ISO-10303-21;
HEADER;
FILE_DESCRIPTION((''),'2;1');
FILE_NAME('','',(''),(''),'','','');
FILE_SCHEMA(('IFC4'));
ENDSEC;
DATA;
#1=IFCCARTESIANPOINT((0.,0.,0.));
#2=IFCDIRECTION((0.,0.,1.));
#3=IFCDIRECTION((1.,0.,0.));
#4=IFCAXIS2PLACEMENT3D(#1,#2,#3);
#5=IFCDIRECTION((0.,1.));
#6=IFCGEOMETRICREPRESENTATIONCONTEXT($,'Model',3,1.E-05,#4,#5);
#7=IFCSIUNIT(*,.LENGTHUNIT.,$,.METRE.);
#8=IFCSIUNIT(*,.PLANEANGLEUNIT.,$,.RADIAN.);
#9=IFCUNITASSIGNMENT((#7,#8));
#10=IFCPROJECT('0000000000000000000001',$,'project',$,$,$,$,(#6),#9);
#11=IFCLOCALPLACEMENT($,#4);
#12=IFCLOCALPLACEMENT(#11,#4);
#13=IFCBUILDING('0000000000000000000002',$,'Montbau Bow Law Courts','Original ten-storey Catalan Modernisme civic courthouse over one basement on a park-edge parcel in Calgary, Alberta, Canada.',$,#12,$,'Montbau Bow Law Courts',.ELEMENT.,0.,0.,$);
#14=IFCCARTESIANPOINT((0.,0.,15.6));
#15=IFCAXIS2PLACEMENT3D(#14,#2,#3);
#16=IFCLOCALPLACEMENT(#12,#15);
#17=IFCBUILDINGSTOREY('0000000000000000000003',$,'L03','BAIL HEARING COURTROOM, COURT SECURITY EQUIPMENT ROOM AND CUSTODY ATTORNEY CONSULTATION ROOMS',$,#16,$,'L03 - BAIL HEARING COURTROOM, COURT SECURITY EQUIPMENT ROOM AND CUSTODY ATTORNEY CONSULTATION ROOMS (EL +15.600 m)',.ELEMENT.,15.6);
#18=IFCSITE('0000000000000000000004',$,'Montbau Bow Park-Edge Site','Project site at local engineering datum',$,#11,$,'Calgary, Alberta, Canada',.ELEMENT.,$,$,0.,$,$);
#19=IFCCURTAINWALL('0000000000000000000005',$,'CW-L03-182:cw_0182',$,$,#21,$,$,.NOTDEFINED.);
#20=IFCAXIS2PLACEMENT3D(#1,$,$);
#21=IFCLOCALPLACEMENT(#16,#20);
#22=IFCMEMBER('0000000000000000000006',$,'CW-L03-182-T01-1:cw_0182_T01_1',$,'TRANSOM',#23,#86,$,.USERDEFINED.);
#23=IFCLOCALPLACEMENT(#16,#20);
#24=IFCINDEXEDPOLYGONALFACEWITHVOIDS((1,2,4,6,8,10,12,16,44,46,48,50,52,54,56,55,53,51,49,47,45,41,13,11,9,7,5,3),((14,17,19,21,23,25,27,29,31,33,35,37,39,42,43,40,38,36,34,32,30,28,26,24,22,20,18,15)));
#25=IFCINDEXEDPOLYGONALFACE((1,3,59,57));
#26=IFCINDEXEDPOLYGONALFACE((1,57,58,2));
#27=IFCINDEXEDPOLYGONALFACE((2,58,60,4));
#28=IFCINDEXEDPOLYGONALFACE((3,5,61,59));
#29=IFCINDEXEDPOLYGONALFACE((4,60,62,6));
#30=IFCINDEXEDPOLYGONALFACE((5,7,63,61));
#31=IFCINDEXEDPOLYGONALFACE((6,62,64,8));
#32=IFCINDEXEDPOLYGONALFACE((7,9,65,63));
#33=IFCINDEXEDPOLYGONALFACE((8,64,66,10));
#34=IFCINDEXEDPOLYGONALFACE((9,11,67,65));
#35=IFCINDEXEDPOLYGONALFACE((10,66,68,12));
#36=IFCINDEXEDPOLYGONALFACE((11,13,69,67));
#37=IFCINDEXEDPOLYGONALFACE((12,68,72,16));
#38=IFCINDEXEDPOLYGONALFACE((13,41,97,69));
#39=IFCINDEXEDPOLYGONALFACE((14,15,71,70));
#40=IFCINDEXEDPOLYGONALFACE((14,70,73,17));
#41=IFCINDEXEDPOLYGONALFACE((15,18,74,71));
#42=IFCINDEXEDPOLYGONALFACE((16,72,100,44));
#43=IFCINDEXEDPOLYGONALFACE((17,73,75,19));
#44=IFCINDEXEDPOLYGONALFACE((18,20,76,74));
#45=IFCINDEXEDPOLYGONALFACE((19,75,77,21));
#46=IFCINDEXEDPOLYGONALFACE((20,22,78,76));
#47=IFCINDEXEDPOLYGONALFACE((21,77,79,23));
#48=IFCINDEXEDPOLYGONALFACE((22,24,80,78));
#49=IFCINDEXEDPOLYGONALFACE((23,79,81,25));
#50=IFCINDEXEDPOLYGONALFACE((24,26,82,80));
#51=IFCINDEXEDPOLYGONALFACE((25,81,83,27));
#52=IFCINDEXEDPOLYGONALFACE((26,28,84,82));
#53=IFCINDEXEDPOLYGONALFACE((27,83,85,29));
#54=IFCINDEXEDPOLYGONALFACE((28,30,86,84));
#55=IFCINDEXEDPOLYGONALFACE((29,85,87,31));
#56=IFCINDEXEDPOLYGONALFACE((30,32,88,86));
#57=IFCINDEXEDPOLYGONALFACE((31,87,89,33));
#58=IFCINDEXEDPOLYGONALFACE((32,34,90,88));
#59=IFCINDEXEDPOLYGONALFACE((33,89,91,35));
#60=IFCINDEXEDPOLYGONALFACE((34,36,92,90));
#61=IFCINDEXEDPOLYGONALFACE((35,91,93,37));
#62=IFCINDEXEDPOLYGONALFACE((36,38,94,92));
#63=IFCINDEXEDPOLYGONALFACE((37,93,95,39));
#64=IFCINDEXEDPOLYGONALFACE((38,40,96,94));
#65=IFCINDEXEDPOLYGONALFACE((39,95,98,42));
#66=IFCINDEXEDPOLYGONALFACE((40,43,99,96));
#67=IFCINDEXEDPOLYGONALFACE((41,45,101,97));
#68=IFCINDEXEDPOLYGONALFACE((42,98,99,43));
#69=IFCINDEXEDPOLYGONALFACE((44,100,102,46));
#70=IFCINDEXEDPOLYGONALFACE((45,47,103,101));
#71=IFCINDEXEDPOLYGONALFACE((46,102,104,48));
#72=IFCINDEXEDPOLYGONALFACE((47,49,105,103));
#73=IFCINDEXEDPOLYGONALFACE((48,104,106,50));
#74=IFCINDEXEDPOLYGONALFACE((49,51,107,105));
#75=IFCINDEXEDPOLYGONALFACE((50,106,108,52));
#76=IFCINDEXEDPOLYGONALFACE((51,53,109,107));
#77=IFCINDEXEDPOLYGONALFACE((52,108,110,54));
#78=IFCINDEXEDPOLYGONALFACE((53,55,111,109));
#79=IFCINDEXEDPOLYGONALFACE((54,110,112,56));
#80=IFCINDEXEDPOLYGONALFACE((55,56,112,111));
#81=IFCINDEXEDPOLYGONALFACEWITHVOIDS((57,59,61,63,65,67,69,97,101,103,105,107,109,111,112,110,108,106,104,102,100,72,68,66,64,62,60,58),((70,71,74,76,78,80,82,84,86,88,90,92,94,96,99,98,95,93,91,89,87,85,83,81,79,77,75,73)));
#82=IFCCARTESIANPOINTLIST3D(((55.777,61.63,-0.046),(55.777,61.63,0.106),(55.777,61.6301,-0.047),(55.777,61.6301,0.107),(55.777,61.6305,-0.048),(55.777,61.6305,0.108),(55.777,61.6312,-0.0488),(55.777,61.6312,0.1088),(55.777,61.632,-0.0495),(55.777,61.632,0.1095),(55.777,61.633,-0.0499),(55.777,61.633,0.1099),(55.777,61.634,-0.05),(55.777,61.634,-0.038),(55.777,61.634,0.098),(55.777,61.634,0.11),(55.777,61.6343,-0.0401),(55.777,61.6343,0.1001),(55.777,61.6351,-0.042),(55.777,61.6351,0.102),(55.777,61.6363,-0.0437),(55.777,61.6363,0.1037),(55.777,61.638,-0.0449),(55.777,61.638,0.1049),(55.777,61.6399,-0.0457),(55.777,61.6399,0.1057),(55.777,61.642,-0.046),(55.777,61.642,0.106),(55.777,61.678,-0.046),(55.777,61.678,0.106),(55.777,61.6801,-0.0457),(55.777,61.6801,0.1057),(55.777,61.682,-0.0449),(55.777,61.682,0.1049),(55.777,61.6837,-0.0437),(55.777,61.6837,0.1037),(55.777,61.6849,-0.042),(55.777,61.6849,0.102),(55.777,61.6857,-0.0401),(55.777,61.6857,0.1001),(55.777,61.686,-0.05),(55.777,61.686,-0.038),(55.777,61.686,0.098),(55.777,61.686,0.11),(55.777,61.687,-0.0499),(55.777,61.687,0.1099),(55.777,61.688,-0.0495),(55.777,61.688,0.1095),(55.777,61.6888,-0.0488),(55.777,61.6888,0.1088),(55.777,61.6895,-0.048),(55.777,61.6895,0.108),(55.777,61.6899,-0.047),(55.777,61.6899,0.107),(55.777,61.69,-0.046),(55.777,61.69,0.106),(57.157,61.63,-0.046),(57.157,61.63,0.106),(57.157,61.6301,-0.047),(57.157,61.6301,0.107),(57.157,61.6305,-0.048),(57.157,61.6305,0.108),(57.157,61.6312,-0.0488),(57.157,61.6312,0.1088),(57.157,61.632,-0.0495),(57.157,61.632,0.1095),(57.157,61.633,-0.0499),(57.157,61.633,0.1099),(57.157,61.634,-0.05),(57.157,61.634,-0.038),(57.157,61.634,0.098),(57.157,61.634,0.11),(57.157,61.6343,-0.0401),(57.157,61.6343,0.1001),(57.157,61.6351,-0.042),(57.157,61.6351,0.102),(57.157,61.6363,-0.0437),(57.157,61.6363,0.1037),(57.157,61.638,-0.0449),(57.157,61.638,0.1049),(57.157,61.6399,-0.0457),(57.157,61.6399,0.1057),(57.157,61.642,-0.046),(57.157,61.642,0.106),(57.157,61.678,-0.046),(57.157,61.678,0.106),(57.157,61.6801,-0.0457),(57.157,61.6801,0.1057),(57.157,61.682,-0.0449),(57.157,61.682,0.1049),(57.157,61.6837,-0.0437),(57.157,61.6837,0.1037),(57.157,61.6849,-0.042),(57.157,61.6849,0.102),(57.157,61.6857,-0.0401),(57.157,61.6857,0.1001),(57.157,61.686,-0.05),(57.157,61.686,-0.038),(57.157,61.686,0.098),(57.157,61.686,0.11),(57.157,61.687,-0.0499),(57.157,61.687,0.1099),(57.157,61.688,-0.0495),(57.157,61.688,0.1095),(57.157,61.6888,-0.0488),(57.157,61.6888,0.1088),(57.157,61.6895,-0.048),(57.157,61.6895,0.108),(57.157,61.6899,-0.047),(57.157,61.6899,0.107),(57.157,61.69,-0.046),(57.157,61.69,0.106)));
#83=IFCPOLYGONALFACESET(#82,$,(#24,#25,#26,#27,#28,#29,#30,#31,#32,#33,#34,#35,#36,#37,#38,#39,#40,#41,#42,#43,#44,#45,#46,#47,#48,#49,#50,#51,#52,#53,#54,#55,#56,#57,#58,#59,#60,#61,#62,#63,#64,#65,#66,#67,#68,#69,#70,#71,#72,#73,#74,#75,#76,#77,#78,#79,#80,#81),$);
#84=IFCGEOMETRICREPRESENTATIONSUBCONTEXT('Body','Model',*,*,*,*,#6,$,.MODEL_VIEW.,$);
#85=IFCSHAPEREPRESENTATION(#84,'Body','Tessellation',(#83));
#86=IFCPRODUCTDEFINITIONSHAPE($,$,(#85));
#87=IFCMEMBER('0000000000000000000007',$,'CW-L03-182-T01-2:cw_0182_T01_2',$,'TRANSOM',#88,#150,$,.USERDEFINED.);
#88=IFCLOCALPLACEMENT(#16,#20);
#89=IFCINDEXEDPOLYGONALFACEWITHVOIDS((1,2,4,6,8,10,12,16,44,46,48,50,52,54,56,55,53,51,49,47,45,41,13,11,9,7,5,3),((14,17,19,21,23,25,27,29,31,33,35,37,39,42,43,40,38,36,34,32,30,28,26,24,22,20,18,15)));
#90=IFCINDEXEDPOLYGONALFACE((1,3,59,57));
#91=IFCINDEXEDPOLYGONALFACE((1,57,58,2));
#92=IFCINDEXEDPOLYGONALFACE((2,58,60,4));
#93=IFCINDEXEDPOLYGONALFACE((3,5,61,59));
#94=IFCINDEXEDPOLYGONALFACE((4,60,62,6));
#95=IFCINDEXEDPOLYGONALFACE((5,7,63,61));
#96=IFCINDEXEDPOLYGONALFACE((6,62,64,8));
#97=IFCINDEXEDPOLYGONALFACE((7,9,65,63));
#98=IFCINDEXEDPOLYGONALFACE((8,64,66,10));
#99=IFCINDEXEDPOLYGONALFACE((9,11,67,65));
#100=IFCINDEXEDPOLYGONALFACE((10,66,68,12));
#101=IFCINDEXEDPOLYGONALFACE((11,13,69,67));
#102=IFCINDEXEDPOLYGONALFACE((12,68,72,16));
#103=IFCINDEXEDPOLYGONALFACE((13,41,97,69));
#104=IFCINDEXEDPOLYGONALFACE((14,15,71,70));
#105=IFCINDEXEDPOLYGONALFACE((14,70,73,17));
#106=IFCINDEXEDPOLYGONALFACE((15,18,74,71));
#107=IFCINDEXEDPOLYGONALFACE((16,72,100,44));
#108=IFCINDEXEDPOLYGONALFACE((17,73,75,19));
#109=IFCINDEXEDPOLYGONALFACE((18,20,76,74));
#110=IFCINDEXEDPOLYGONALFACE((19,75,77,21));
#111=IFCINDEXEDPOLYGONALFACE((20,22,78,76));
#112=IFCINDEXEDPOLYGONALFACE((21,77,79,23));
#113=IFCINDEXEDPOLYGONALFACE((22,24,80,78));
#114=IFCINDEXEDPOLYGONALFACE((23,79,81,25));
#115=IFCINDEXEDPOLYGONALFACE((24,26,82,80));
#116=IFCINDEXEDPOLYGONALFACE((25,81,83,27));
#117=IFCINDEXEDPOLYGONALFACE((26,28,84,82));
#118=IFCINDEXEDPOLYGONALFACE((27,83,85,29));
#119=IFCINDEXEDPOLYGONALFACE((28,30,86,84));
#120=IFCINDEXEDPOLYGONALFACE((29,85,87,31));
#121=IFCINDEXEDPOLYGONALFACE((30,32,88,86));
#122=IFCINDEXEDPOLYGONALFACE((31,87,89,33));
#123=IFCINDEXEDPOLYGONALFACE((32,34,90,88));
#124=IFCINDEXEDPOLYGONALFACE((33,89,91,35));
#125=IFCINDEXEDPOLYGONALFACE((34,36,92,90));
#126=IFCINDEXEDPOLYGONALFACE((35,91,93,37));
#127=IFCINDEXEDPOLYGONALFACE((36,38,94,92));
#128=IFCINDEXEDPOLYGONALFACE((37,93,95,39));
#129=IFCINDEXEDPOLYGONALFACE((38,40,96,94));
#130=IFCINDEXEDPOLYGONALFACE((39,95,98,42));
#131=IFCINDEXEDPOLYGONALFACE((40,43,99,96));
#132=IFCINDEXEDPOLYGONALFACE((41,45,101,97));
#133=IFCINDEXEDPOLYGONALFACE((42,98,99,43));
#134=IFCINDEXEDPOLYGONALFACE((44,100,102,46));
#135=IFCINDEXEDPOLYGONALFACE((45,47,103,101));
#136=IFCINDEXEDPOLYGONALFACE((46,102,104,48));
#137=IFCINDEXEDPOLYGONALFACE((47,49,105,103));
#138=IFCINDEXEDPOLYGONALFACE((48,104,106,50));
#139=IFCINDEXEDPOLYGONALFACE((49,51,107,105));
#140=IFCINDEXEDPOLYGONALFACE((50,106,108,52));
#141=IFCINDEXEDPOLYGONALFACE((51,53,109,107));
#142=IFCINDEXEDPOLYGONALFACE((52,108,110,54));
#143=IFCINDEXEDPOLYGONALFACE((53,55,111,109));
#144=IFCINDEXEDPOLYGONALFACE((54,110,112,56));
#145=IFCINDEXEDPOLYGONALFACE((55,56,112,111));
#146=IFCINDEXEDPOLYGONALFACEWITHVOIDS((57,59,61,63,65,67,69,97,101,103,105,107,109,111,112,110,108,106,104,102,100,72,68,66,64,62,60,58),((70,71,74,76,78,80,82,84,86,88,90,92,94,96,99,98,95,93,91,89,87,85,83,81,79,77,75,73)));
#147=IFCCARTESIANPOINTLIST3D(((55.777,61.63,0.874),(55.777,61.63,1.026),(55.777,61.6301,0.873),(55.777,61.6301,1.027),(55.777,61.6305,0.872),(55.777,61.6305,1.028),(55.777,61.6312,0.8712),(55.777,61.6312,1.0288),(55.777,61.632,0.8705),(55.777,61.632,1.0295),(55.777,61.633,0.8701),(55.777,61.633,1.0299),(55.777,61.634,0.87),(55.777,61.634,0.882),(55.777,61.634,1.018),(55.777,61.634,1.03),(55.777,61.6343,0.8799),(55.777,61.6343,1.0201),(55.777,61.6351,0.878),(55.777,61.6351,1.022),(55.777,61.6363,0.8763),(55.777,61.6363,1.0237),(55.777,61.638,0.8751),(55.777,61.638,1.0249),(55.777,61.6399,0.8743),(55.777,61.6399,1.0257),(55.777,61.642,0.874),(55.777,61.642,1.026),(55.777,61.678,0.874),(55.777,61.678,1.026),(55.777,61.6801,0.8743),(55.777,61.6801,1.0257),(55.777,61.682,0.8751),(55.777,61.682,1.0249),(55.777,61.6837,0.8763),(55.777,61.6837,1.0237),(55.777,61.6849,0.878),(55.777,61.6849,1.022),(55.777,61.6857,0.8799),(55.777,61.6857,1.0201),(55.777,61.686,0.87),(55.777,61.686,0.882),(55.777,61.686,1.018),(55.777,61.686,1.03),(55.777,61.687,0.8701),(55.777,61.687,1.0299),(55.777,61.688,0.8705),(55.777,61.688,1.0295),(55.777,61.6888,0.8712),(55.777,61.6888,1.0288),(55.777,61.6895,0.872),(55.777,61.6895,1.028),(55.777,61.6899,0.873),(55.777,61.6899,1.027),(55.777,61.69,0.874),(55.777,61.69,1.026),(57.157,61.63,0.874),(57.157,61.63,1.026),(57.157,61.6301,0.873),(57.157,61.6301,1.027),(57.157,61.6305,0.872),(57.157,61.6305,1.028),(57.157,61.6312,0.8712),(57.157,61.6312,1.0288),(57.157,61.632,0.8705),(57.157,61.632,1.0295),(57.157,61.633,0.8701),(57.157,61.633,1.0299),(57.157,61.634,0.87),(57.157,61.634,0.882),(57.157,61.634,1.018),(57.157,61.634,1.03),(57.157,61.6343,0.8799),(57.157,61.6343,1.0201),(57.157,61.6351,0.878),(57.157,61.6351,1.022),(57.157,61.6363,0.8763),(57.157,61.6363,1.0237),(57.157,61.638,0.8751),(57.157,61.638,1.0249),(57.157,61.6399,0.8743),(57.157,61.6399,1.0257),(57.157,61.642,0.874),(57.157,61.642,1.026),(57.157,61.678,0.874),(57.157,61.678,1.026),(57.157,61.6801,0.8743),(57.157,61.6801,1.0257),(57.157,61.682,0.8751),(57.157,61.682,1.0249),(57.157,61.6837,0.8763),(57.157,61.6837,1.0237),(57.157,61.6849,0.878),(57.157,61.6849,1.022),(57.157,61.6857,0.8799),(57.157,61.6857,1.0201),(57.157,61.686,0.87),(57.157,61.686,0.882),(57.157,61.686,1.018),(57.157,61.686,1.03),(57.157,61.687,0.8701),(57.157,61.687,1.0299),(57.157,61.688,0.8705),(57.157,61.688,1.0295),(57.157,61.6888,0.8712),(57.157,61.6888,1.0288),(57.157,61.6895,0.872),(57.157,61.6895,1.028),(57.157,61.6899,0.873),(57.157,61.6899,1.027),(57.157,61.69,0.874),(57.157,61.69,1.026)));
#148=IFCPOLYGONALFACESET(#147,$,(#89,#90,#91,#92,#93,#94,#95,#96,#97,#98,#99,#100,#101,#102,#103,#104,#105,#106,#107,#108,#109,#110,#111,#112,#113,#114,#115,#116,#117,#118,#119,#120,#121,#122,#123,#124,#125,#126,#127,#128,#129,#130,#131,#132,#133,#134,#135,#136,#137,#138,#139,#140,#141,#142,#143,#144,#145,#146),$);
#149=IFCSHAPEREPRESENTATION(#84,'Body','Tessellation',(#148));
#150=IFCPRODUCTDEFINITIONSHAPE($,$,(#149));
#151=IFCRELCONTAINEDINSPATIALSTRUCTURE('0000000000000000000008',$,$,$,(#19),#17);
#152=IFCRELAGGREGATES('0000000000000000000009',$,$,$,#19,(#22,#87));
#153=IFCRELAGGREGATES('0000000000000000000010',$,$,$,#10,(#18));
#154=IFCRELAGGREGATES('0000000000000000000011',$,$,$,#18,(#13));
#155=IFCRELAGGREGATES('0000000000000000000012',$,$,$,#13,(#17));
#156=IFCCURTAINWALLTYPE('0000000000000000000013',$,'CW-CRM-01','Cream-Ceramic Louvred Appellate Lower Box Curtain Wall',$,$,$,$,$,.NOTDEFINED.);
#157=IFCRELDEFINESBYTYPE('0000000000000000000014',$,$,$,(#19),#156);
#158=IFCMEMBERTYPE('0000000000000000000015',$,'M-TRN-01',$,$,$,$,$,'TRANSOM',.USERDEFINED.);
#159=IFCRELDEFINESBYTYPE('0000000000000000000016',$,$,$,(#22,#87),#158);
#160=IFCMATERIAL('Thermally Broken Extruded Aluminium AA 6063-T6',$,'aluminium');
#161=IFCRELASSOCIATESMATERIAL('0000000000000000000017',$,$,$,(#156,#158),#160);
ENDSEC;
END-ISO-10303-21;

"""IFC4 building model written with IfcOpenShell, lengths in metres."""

from ifc_helpers import new_model, si_unit, direction, frame, origin_with_axes, origin_2d_with_axis, place, context, subcontext, project, spatial, hollow_rectangle, extrude, material, material_profile, profile_set, type_object, element, aggregate, save


model = new_model("IFC4")

# Units and contexts
model_context = context("Model", 3, precision=1e-05, world=origin_with_axes(), true_north=direction((0.0, 1.0)))
body_context = subcontext(model_context, "Body", "Model", "MODEL_VIEW")
ifc_project = project(units=[si_unit("LENGTHUNIT", "METRE"), si_unit("PLANEANGLEUNIT", "RADIAN")], contexts=[model_context])

# Site, building, storey
site_placement = place(None, origin_with_axes())
site = spatial("IfcSite", under=ifc_project, at=site_placement, Name="Montbau Bow Park-Edge Site", Description="Project site at local engineering datum", LongName="Calgary, Alberta, Canada", CompositionType="ELEMENT", RefElevation=0.0)
building_placement = place(site_placement, origin_with_axes())
building = spatial("IfcBuilding", under=site, at=building_placement, Name="Montbau Bow Law Courts", Description="Original ten-storey Catalan Modernisme civic courthouse over one basement on a park-edge parcel in Calgary, Alberta, Canada.", LongName="Montbau Bow Law Courts", CompositionType="ELEMENT", ElevationOfRefHeight=0.0, ElevationOfTerrain=0.0)
storey_placement = place(building_placement, frame((0.0, 0.0, 15.6), z_axis=(0.0, 0.0, 1.0), x_axis=(1.0, 0.0, 0.0)))
storey = spatial("IfcBuildingStorey", under=building, at=storey_placement, Name="L03", Description="BAIL HEARING COURTROOM, COURT SECURITY EQUIPMENT ROOM AND CUSTODY ATTORNEY CONSULTATION ROOMS", LongName="L03 - BAIL HEARING COURTROOM, COURT SECURITY EQUIPMENT ROOM AND CUSTODY ATTORNEY CONSULTATION ROOMS (EL +15.600 m)", CompositionType="ELEMENT", Elevation=15.6)

# Curtain wall, members
ifc_material_1 = material(Name="Thermally Broken Extruded Aluminium AA 6063-T6", Category="aluminium")
curtain_wall_type = type_object("IfcCurtainWallType", Name="CW-CRM-01", Description="Cream-Ceramic Louvred Appellate Lower Box Curtain Wall", PredefinedType="NOTDEFINED", material=ifc_material_1)
curtain_wall_1_placement = place(None, frame((55.715, 61.66, 15.6), z_axis=(0.0, 0.0, 1.0), x_axis=(1.0, 0.0, 0.0)))
curtain_wall_1 = element("IfcCurtainWall", 1, at=curtain_wall_1_placement, inside=storey, type_object=curtain_wall_type, Name="CW-L03-182:cw_0182", PredefinedType="NOTDEFINED")
ifc_material_profile_1 = material_profile(ifc_material_1, hollow_rectangle(XDim=0.06, YDim=0.16, WallThickness=0.004, InnerFilletRadius=0.008, OuterFilletRadius=0.004, at=origin_2d_with_axis()), Name="CWT-160X60", Category="Main", Priority=0)
ifc_profile_set_1 = profile_set([ifc_material_profile_1], Name="Thermally Broken Extruded Aluminium AA 6063-T6")
member_type_1 = type_object("IfcMemberType", Name="M-TRN-01", ElementType="TRANSOM", PredefinedType="USERDEFINED", material=ifc_profile_set_1)
member_1_placement = place(None, frame((55.777, 61.66, 15.63), z_axis=(1.0, 0.0, 0.0), x_axis=(0.0, 1.0, 0.0)))
member_1 = element("IfcMember", 2, at=member_1_placement, type_object=member_type_1, Name="CW-L03-182-T01-1:cw_0182_T01_1", ObjectType="TRANSOM", PredefinedType="USERDEFINED", context=body_context, shape_type="SweptSolid", body=[
    extrude(hollow_rectangle(XDim=0.06, YDim=0.16, WallThickness=0.004, InnerFilletRadius=0.008, OuterFilletRadius=0.004, at=origin_2d_with_axis()), origin_with_axes(), (0.0, 0.0, 1.0), 1.38),
])
member_2_placement = place(None, frame((55.777, 61.66, 16.55), z_axis=(1.0, 0.0, 0.0), x_axis=(0.0, 1.0, 0.0)))
member_2 = element("IfcMember", 3, at=member_2_placement, type_object=member_type_1, Name="CW-L03-182-T01-2:cw_0182_T01_2", ObjectType="TRANSOM", PredefinedType="USERDEFINED", context=body_context, shape_type="SweptSolid", body=[
    extrude(hollow_rectangle(XDim=0.06, YDim=0.16, WallThickness=0.004, InnerFilletRadius=0.008, OuterFilletRadius=0.004, at=origin_2d_with_axis()), origin_with_axes(), (0.0, 0.0, 1.0), 1.38),
])

aggregate(curtain_wall_1, [member_1, member_2])

save(model, "model.ifc")
